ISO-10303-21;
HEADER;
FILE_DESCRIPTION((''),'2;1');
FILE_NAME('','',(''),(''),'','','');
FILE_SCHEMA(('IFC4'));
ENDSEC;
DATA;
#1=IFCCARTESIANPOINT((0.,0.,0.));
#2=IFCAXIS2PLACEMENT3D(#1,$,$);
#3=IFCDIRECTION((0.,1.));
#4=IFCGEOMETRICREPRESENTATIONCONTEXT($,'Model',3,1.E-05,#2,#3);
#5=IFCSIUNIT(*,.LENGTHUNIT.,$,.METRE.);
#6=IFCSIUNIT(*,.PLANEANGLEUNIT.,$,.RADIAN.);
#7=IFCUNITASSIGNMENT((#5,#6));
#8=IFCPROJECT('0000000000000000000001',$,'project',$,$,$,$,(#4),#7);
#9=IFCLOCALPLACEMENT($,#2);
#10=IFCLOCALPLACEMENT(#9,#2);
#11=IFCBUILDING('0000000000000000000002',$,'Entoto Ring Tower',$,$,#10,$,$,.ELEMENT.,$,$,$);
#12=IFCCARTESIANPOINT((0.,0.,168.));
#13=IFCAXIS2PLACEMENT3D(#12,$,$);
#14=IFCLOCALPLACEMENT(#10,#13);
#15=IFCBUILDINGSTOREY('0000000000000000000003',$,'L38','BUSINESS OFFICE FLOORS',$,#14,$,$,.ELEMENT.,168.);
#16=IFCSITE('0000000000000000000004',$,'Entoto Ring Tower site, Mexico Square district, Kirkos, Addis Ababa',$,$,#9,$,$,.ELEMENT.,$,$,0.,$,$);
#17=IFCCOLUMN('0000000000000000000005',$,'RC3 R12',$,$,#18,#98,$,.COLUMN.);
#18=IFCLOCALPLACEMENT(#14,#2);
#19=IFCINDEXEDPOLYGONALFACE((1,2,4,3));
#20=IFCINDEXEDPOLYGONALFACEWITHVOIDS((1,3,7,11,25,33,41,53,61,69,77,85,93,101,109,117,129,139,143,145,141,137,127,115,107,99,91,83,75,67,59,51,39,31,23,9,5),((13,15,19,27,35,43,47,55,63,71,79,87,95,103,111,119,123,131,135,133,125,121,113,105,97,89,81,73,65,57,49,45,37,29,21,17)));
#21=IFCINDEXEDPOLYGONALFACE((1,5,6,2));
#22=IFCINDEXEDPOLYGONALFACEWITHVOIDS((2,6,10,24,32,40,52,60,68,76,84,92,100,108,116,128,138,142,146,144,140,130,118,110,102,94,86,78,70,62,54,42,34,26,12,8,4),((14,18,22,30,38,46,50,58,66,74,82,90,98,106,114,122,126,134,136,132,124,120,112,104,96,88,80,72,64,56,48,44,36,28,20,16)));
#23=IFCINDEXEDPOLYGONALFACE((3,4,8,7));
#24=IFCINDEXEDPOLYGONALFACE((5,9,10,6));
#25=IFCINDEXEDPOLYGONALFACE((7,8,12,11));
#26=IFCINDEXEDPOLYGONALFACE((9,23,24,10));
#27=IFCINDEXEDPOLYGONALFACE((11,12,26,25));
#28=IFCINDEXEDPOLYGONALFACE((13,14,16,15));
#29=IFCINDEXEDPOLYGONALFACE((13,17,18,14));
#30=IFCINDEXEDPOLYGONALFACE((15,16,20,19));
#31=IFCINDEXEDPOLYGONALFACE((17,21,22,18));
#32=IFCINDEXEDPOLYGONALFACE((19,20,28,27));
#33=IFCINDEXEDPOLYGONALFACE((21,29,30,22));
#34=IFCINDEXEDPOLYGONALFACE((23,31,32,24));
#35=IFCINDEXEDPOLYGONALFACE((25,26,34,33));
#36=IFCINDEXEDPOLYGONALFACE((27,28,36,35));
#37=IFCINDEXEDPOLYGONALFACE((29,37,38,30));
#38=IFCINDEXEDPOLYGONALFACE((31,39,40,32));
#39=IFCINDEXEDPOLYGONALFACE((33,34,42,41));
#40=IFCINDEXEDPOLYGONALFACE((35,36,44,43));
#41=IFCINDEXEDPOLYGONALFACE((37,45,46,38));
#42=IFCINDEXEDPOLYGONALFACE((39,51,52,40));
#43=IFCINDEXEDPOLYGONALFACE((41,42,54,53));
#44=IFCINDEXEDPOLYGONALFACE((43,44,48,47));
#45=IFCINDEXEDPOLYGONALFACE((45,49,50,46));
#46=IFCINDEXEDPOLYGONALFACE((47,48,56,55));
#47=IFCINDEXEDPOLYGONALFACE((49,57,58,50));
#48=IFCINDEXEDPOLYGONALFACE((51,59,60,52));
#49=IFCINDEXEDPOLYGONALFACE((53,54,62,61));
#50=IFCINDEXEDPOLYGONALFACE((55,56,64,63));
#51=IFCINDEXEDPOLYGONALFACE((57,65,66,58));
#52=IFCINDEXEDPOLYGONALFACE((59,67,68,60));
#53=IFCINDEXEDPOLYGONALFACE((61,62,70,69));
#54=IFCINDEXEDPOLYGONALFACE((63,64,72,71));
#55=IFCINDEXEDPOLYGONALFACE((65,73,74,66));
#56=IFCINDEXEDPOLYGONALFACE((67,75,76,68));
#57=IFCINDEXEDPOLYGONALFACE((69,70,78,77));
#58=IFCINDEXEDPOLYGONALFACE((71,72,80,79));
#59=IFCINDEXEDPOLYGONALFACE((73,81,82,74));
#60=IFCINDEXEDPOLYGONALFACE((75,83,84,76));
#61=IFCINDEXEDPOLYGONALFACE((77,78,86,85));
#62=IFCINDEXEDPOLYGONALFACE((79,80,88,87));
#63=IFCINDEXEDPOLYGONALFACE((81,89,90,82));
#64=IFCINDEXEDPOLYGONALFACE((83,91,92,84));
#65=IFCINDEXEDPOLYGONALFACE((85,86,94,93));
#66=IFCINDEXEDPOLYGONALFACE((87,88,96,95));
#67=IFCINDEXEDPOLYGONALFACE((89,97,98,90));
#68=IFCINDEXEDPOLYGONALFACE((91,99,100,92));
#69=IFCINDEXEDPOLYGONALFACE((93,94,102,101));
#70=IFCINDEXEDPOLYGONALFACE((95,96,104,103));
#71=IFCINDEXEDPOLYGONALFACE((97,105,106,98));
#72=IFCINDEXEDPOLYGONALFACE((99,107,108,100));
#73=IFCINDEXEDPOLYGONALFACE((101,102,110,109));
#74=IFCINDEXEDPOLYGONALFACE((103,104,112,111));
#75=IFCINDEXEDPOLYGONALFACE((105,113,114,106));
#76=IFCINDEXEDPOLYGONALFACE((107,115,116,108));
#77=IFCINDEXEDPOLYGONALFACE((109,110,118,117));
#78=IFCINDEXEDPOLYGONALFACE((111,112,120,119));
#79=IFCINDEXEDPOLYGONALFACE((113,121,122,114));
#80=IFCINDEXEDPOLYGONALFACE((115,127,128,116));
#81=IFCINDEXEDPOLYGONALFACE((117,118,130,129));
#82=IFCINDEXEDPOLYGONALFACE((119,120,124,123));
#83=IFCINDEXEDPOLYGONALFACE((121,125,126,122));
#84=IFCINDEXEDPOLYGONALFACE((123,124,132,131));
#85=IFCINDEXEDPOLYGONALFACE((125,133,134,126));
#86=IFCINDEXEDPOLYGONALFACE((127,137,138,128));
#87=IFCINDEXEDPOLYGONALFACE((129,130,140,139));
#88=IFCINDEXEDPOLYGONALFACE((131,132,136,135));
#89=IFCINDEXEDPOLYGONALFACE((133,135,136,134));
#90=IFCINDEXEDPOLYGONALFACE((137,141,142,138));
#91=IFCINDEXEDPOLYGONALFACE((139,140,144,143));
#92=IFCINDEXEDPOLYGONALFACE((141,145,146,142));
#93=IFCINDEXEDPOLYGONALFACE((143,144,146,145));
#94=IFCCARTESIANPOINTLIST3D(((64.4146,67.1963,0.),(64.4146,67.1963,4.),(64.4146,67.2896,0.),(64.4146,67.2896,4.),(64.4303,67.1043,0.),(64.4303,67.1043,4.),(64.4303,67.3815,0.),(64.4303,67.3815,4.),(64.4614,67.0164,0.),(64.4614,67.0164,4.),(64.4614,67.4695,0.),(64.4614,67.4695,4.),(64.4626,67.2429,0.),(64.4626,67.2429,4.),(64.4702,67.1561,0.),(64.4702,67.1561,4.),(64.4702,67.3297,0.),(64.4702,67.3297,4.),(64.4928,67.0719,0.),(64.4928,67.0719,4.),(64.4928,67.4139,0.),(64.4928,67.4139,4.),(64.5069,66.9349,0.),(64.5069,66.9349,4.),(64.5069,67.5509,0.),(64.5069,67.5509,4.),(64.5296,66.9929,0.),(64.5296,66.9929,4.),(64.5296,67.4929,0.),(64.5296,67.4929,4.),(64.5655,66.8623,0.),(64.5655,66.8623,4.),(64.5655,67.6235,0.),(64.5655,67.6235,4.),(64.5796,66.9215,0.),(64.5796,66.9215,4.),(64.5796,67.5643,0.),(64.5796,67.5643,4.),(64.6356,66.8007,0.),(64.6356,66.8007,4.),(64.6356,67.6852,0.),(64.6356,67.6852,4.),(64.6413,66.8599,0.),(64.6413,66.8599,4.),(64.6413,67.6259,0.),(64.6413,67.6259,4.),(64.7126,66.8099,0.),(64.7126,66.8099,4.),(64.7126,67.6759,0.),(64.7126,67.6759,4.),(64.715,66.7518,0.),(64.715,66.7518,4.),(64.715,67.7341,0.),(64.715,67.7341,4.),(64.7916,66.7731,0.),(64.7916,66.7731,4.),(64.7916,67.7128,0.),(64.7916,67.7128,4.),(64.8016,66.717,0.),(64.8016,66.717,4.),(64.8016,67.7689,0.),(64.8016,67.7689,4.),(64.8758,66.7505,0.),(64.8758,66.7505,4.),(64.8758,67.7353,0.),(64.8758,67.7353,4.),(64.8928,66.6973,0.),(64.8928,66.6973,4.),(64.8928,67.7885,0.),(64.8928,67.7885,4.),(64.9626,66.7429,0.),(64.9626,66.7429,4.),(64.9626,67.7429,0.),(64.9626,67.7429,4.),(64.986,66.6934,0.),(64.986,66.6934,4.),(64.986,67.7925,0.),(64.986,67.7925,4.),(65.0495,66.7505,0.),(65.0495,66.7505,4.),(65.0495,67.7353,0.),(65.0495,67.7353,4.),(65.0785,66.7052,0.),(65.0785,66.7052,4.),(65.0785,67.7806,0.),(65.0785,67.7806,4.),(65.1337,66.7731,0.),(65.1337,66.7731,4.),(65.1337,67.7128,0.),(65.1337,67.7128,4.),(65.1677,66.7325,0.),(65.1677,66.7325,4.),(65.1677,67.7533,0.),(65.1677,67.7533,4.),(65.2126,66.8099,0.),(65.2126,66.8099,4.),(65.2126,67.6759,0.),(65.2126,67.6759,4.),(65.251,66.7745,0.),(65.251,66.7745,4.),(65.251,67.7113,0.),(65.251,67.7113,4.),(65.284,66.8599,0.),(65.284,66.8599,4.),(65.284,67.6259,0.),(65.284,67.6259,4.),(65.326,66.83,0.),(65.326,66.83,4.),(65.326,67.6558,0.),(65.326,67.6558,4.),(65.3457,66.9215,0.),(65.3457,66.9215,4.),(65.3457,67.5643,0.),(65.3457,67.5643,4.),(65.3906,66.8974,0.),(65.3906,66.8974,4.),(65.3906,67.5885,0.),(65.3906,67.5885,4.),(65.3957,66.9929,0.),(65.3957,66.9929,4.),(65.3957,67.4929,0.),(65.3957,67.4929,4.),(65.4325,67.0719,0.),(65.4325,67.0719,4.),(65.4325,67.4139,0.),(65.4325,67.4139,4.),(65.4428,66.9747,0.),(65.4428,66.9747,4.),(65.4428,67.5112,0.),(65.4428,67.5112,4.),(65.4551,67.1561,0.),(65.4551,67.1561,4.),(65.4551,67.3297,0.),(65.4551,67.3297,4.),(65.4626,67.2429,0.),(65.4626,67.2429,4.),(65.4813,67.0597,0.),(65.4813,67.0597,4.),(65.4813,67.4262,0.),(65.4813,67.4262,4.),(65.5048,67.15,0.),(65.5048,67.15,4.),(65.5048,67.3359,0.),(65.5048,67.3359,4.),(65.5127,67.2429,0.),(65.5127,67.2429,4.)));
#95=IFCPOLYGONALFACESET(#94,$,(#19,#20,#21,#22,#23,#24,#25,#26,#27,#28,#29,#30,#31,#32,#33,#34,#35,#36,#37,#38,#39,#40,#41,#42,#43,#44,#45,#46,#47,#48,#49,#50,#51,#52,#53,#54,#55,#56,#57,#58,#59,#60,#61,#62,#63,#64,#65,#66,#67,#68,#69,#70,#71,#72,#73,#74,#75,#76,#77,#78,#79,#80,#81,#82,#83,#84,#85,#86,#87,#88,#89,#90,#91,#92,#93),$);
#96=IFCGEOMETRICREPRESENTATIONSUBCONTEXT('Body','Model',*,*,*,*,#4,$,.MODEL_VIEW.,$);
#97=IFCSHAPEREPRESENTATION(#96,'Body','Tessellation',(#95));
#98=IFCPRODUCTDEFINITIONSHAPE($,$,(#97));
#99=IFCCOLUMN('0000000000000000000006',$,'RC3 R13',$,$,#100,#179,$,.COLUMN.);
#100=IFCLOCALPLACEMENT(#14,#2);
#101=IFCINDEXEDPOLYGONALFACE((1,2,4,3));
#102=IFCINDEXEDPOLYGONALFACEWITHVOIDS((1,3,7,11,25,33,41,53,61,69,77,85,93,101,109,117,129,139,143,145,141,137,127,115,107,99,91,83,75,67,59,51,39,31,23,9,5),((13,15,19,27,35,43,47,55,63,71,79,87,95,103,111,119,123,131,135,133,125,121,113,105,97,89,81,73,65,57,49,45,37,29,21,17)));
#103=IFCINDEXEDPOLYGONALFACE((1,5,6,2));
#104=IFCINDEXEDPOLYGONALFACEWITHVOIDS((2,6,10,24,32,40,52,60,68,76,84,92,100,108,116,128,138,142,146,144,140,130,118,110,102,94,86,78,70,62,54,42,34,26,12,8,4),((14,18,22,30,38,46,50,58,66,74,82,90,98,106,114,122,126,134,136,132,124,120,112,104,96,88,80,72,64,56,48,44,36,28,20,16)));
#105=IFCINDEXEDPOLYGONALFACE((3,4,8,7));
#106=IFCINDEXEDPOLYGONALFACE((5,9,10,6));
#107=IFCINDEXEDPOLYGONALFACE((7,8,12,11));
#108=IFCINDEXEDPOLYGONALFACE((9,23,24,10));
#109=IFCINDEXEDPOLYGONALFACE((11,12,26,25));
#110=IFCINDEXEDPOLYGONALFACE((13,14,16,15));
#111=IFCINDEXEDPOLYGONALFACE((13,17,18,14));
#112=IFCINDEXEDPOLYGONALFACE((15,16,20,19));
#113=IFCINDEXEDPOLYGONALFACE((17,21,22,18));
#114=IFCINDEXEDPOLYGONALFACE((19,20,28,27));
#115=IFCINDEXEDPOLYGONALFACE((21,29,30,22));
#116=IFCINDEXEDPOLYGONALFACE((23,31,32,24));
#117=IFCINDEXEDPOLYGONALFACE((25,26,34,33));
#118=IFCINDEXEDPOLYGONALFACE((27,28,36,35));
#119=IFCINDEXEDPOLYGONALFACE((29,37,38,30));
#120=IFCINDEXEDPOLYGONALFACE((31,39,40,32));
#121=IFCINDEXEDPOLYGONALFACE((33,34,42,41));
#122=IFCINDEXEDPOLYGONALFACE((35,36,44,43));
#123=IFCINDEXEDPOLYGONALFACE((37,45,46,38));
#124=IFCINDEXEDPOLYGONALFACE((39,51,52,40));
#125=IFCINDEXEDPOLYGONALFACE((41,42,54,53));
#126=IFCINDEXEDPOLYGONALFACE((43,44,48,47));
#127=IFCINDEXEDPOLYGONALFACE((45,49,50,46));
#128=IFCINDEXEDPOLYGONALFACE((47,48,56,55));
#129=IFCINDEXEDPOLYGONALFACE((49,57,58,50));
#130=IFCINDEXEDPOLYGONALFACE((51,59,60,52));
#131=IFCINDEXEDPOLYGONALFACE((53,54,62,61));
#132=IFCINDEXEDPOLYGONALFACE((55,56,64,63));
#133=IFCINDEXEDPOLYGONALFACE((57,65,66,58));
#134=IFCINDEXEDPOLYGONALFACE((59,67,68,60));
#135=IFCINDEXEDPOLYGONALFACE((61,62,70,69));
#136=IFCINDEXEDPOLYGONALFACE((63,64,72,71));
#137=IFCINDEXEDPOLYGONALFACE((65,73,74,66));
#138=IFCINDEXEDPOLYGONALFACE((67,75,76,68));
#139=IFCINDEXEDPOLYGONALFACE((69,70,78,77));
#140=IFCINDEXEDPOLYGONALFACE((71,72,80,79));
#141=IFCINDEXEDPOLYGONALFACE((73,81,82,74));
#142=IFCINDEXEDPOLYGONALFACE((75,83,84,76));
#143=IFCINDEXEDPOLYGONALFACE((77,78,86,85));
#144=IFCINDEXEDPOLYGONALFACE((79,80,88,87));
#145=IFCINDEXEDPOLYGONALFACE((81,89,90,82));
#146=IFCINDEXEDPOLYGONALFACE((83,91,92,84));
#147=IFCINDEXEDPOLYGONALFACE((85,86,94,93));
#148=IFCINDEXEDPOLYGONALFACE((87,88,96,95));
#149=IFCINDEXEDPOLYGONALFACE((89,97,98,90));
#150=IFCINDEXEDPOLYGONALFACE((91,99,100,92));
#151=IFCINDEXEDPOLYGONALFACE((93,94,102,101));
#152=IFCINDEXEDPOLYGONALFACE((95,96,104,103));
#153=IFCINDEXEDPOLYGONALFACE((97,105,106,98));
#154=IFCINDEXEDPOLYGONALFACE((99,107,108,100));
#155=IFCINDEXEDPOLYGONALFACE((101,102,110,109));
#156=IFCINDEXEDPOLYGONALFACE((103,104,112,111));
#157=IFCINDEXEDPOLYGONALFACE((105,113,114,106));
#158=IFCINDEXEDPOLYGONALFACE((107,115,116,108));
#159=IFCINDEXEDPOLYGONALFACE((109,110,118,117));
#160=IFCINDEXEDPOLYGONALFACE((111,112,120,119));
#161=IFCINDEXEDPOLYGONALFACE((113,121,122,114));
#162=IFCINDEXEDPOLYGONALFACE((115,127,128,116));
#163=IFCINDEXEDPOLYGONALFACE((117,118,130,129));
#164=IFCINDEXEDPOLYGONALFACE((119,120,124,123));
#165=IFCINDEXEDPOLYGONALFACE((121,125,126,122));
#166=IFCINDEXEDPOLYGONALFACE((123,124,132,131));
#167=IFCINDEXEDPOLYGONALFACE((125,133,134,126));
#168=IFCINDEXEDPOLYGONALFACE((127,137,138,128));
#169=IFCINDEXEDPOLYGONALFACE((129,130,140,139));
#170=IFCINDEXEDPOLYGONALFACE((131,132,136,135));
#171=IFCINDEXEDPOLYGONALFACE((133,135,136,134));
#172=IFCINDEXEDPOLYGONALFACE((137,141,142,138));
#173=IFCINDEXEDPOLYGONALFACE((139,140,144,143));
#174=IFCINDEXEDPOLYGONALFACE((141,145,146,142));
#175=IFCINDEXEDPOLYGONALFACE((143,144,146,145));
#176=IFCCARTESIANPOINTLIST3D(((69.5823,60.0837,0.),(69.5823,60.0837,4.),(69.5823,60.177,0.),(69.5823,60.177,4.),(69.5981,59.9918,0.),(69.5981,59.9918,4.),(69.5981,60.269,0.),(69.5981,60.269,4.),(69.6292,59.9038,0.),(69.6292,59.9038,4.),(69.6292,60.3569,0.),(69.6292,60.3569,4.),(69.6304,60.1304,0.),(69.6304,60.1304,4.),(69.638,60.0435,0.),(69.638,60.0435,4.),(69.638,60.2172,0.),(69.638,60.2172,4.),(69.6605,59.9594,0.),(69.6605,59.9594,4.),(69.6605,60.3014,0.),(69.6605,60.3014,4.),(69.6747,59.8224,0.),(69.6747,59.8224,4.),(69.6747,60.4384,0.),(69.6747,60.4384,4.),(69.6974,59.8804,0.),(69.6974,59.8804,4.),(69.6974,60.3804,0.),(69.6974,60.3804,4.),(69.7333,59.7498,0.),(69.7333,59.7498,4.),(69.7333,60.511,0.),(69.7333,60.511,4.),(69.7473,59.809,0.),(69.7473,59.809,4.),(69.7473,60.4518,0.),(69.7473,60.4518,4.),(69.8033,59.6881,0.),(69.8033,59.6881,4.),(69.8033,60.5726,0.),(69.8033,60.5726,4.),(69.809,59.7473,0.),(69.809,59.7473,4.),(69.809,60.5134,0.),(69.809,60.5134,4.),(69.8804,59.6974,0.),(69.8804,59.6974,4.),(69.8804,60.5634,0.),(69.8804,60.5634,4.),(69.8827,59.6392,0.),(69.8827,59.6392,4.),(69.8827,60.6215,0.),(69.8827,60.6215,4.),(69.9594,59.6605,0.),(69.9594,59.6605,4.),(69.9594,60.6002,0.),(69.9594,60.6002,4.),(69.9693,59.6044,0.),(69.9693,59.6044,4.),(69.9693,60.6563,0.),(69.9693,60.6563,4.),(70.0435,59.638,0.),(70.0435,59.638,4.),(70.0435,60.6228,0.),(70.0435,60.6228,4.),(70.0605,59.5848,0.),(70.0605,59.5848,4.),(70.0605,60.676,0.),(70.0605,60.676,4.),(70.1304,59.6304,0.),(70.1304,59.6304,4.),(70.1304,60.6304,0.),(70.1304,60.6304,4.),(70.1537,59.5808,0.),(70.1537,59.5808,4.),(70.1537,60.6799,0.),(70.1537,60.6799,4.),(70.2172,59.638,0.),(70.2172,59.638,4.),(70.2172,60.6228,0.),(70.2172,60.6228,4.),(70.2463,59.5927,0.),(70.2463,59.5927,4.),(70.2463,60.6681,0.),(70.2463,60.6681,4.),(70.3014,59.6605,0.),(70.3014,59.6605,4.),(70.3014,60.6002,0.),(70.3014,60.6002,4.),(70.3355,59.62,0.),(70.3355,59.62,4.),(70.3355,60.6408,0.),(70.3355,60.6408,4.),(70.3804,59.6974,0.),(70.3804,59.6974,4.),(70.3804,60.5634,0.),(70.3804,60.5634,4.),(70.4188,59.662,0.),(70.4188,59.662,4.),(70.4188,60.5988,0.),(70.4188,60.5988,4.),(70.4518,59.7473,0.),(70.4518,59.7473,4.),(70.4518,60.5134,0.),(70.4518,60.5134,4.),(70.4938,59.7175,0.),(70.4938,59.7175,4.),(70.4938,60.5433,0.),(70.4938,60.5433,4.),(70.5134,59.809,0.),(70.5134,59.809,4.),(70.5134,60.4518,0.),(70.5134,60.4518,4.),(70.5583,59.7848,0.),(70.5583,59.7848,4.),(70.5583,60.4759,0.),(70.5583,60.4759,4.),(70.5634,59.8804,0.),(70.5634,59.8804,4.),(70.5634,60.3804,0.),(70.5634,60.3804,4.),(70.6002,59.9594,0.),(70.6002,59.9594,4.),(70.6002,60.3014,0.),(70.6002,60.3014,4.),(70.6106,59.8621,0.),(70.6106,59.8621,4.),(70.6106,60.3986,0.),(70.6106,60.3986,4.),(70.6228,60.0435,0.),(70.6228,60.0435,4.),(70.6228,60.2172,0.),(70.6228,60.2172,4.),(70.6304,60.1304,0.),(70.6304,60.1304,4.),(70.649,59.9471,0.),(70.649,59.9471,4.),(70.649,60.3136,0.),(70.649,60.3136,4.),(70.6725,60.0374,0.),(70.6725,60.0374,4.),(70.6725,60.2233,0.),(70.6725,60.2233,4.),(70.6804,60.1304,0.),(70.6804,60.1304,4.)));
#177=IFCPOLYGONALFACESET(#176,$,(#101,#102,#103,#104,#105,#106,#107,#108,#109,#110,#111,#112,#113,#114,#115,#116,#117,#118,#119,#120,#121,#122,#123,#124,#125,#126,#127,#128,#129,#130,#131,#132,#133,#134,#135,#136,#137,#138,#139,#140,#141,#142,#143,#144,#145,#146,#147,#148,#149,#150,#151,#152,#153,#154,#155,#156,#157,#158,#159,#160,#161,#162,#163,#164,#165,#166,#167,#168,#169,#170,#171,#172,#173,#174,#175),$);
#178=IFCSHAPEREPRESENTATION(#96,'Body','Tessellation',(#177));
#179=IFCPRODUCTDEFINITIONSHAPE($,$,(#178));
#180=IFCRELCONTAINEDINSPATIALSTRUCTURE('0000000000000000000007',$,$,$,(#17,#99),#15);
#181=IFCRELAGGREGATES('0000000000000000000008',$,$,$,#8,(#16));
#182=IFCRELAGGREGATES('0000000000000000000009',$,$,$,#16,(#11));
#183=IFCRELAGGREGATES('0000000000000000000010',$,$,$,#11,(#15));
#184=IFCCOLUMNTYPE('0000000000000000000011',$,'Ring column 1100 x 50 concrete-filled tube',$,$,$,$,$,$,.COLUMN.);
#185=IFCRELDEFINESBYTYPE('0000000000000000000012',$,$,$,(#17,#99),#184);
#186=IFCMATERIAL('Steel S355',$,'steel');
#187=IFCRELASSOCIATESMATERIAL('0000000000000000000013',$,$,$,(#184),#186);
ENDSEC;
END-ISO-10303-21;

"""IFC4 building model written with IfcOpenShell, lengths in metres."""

from ifc_helpers import new_model, si_unit, direction, frame, origin, origin_2d, place, context, subcontext, project, spatial, circle, hollow_circle, extrude, material, material_profile, profile_set, type_object, element, save


model = new_model("IFC4")

# Units and contexts
model_context = context("Model", 3, precision=1e-05, world=origin(), true_north=direction((0.0, 1.0)))
body_context = subcontext(model_context, "Body", "Model", "MODEL_VIEW")
ifc_project = project(units=[si_unit("LENGTHUNIT", "METRE"), si_unit("PLANEANGLEUNIT", "RADIAN")], contexts=[model_context])

# Site, building, storey
site_placement = place(None, origin())
site = spatial("IfcSite", under=ifc_project, at=site_placement, Name="Entoto Ring Tower site, Mexico Square district, Kirkos, Addis Ababa", CompositionType="ELEMENT", RefElevation=0.0)
building_placement = place(site_placement, origin())
building = spatial("IfcBuilding", under=site, at=building_placement, Name="Entoto Ring Tower", CompositionType="ELEMENT")
storey_placement = place(building_placement, frame((0.0, 0.0, 168.0)))
storey = spatial("IfcBuildingStorey", under=building, at=storey_placement, Name="L38", Description="BUSINESS OFFICE FLOORS", CompositionType="ELEMENT", Elevation=168.0)

# Columns
ifc_material_1 = material(Name="Steel S355", Category="steel")
ifc_material_profile_1 = material_profile(ifc_material_1, hollow_circle(Radius=0.55, WallThickness=0.05, at=origin_2d()), Name="CHS 1100 x 50")
ifc_material_2 = material(Name="Concrete C60/75", Category="concrete")
ifc_material_profile_2 = material_profile(ifc_material_2, circle(Radius=0.5, at=origin_2d()), Name="Concrete C60/75 infill")
ifc_profile_set_1 = profile_set([ifc_material_profile_1, ifc_material_profile_2], Name="Steel S355")
column_type = type_object("IfcColumnType", Name="Ring column 1100 x 50 concrete-filled tube", PredefinedType="COLUMN", material=ifc_profile_set_1)
for number, where, z_axis, x_axis, name in (
    (1, (64.9626, 67.2429, 0.0), (0.0, 0.0, 1.0), (1.0, 0.0, 0.0), "RC3 R12"),
    (2, (70.1304, 60.1304, 0.0), (0.0, 0.0, 1.0), (1.0, 0.0, 0.0), "RC3 R13"),
):
    element("IfcColumn", number, at=place(storey_placement, frame(where, z_axis=z_axis, x_axis=x_axis)), inside=storey, type_object=column_type, Name=name, PredefinedType="COLUMN", context=body_context, shape_type="SweptSolid", body=[
        extrude(hollow_circle(Radius=0.55, WallThickness=0.05, at=origin_2d()), origin(), (0.0, 0.0, 1.0), 4.0),
    ])

save(model, "model.ifc")
